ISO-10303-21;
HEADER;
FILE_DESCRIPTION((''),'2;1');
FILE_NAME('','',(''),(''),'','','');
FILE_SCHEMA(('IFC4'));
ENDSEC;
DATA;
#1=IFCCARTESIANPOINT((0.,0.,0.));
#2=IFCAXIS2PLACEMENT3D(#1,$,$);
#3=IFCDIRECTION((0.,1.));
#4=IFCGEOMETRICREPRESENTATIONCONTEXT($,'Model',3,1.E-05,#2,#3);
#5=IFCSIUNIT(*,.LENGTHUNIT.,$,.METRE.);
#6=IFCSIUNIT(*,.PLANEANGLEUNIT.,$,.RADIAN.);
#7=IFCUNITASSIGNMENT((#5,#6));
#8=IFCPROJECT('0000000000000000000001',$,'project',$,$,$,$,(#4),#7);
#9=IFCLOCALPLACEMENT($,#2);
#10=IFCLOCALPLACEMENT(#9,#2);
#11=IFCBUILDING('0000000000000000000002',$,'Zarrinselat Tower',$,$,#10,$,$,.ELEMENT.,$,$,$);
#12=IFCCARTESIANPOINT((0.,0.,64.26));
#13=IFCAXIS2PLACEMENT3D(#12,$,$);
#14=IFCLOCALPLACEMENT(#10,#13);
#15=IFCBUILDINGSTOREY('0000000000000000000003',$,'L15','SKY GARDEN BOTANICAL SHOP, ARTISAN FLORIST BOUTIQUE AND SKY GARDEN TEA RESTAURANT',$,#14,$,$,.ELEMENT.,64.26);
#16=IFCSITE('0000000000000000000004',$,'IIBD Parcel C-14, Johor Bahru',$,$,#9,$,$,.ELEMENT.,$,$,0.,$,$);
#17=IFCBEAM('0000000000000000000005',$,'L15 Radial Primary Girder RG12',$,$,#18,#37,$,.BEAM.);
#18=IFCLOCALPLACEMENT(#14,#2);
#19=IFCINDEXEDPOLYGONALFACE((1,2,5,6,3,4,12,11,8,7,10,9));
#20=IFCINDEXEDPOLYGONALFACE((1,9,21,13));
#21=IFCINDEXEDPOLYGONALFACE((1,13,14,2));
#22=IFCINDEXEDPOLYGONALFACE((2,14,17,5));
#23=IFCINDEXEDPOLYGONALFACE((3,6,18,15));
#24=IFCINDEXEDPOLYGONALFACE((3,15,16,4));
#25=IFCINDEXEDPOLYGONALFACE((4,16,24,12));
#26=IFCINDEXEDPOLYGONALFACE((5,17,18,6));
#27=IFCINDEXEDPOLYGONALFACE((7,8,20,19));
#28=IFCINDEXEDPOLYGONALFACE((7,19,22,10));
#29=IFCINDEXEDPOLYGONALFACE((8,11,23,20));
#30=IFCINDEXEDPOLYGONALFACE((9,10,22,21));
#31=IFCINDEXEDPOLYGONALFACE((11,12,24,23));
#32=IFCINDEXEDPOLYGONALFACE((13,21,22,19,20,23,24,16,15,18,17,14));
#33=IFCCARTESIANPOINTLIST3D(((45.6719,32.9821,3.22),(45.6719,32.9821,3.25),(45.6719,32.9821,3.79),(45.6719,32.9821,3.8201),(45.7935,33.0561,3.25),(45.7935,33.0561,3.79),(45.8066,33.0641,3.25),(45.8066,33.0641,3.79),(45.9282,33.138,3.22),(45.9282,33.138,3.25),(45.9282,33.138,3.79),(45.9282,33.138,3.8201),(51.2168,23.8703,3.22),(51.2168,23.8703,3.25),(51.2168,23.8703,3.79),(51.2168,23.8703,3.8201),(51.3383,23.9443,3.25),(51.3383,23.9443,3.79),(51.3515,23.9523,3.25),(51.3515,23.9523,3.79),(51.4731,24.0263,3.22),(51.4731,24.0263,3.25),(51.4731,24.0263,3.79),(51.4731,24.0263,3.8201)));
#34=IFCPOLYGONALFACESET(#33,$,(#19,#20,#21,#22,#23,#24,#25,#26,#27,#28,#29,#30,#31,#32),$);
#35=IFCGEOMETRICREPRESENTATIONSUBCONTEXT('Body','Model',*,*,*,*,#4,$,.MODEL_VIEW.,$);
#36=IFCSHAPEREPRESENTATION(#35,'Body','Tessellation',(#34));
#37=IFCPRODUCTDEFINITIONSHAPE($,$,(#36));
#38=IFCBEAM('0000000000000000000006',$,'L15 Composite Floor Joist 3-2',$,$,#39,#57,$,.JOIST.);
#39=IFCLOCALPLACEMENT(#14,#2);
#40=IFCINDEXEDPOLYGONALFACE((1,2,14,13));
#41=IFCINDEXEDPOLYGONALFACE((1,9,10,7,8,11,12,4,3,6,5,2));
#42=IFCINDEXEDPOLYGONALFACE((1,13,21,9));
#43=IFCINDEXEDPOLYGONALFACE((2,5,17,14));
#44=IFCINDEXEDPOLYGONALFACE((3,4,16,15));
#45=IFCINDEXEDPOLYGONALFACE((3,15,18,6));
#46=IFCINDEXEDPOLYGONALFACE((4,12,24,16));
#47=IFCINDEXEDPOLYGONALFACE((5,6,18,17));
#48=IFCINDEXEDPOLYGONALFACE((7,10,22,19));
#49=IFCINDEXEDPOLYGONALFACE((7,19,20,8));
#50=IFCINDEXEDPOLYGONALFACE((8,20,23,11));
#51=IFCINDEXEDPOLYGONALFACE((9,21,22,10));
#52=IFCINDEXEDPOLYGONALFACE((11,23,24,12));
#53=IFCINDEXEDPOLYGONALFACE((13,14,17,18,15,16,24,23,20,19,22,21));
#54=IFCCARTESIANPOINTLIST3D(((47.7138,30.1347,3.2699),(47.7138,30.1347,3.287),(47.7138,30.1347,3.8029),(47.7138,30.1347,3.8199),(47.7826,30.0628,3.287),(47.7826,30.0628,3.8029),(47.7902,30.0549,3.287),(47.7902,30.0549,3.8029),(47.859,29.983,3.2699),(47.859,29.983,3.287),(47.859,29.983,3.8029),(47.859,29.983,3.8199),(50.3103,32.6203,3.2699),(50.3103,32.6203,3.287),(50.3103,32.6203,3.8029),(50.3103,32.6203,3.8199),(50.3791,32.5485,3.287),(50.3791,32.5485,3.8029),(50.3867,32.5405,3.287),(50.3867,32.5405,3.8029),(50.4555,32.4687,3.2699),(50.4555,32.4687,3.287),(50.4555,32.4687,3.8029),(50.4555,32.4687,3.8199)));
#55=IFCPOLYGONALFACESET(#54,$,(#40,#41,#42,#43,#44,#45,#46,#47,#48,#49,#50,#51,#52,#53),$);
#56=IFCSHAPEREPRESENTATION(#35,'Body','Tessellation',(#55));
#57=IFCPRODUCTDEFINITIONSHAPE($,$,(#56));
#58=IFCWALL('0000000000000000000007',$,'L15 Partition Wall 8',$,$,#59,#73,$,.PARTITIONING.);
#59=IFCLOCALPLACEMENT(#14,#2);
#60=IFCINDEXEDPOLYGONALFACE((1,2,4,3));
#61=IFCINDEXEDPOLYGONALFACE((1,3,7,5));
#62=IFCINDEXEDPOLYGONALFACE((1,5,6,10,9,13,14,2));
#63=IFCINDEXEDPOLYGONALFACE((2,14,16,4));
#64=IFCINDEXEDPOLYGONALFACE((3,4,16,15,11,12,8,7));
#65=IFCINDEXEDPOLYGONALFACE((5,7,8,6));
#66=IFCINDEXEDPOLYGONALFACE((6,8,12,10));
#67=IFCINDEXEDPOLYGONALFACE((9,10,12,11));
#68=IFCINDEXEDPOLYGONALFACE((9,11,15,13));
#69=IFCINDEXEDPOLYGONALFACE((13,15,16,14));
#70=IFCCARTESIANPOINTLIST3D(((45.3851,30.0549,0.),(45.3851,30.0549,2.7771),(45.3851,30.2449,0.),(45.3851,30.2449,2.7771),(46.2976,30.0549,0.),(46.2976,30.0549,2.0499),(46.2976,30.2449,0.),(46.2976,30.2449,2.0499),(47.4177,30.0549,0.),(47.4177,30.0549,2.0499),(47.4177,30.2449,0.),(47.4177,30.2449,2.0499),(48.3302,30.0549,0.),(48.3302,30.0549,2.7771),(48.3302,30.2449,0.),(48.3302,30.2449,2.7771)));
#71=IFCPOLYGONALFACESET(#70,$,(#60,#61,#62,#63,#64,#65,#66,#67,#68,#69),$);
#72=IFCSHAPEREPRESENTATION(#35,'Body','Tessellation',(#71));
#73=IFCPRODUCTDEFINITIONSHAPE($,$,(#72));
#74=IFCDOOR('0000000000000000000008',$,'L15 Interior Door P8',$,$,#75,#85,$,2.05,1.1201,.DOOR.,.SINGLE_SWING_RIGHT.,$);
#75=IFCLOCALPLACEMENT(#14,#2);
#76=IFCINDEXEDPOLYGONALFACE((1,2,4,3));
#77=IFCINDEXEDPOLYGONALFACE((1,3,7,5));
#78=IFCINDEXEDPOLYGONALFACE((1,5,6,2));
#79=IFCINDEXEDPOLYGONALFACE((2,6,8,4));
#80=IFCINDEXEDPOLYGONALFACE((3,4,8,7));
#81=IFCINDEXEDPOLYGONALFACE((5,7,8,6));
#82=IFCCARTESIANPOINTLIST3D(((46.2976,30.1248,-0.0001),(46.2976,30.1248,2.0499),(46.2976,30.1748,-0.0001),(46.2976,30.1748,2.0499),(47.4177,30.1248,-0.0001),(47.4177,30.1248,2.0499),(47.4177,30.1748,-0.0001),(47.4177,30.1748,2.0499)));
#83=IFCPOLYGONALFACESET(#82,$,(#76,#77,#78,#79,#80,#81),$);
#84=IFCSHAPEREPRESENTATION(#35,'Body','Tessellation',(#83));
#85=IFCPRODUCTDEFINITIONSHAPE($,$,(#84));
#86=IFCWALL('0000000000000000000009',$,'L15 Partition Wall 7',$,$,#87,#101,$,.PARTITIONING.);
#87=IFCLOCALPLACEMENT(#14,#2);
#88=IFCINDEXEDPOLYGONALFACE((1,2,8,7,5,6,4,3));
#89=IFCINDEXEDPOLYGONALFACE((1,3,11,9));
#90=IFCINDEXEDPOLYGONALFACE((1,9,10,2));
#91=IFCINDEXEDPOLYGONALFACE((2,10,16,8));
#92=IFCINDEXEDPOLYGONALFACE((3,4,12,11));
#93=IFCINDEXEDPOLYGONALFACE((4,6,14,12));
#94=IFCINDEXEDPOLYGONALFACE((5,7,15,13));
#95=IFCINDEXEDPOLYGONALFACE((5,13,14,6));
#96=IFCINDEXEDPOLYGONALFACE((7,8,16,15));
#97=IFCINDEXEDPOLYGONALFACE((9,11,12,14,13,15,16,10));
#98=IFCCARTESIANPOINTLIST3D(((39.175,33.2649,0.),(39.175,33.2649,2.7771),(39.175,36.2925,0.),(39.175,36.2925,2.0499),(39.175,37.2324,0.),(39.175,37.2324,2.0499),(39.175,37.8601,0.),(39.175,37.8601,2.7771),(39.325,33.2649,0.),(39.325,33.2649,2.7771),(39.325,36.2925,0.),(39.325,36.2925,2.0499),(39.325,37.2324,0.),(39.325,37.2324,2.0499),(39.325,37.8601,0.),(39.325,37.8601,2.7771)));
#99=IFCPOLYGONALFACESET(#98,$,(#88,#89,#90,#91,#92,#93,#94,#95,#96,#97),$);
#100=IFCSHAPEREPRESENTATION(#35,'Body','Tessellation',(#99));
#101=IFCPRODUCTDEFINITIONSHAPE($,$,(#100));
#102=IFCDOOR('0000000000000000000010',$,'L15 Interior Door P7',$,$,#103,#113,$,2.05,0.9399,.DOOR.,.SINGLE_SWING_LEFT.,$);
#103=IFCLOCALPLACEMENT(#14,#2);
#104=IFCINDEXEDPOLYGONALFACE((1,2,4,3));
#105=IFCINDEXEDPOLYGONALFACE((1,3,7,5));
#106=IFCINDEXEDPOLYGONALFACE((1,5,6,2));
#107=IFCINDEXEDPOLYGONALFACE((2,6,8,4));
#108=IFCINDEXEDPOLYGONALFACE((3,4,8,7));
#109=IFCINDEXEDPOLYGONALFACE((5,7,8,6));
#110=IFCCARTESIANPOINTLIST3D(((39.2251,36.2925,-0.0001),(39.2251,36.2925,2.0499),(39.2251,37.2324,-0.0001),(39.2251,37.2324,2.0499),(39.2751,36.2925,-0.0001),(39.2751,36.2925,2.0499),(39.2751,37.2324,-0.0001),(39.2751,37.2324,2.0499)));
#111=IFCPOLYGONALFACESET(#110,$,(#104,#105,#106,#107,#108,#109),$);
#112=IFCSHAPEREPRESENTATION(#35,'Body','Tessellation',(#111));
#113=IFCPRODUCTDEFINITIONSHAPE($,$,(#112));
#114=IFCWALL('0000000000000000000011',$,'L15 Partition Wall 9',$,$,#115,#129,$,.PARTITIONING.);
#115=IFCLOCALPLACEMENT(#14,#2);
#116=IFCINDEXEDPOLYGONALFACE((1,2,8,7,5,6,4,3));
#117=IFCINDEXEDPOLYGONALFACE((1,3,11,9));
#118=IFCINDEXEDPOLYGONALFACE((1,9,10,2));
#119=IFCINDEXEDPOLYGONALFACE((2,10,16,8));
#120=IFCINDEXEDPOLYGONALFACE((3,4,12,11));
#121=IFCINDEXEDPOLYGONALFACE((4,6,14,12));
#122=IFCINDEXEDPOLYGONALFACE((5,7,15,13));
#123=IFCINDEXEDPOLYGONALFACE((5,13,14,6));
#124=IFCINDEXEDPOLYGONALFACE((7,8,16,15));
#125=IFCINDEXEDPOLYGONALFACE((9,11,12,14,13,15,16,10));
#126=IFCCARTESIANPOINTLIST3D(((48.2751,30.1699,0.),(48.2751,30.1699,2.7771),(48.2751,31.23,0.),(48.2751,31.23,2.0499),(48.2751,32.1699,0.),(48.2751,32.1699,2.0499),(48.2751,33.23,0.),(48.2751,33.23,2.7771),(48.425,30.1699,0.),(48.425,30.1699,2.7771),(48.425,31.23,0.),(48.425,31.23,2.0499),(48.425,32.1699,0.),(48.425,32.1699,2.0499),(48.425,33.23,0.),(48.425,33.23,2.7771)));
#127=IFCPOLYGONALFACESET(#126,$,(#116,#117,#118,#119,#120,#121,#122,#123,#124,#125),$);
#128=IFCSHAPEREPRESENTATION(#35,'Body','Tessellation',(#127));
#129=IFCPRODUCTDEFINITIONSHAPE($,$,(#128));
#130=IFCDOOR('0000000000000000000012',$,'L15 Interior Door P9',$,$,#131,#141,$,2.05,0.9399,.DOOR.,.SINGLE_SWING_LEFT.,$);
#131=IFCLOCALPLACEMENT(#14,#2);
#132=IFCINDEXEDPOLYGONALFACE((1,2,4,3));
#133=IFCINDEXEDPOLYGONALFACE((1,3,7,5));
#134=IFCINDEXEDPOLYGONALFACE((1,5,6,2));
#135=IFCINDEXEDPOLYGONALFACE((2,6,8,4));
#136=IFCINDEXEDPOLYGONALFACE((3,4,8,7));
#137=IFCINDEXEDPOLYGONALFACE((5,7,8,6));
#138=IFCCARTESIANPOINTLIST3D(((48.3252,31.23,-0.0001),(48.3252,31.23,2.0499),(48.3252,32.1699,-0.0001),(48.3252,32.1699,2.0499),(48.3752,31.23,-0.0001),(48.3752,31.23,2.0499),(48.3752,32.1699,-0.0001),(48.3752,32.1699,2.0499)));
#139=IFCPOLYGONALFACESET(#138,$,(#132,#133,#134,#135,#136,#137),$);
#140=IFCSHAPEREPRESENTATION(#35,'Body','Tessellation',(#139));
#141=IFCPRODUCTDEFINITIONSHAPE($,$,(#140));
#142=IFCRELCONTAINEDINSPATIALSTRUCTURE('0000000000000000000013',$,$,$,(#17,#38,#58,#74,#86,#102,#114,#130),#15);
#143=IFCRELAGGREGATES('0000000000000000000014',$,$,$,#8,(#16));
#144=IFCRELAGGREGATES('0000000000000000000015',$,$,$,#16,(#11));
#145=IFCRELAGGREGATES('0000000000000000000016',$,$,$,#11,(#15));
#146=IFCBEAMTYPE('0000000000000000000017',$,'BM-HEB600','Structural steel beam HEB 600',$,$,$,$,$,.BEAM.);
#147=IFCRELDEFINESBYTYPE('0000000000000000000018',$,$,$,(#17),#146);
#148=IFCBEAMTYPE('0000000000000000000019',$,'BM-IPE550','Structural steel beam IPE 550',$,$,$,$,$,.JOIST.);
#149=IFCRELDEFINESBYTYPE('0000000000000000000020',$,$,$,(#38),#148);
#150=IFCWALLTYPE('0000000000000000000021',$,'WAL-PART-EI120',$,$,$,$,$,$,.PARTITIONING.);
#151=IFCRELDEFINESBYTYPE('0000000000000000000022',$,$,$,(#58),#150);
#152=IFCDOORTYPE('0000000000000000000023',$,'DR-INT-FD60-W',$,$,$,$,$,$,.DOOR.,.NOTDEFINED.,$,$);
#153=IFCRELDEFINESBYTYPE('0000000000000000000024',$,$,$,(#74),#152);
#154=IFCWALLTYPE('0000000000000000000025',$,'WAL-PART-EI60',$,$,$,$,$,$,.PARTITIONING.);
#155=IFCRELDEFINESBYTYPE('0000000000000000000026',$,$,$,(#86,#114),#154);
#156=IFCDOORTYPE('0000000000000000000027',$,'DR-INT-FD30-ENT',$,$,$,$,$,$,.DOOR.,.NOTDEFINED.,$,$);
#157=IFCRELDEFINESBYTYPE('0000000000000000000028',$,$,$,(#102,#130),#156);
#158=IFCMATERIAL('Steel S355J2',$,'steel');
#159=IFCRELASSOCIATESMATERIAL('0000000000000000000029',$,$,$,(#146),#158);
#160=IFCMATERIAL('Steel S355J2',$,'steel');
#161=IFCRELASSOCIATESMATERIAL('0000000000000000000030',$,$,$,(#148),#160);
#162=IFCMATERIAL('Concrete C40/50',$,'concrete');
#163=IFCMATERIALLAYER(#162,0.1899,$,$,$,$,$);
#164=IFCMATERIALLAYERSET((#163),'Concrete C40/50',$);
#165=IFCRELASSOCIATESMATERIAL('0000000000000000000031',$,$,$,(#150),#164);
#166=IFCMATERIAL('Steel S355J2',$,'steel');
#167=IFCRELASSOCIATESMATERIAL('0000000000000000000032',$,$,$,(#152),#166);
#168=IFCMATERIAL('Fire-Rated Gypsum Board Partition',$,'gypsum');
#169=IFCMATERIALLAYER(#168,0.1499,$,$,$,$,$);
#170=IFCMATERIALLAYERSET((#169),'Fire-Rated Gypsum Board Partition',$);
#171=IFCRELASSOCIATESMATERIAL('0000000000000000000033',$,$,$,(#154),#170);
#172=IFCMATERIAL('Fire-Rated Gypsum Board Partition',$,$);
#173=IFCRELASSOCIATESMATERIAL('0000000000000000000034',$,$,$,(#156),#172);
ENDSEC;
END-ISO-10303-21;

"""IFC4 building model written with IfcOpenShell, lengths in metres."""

from ifc_helpers import new_model, si_unit, direction, frame, frame_2d, origin, origin_2d, place, context, subcontext, project, spatial, rectangle, i_section, extrude, material, layer, layer_set, material_profile, profile_set, type_object, element, fill, save


model = new_model("IFC4")

# Units and contexts
model_context = context("Model", 3, precision=1e-05, world=origin(), true_north=direction((0.0, 1.0)))
body_context = subcontext(model_context, "Body", "Model", "MODEL_VIEW")
ifc_project = project(units=[si_unit("LENGTHUNIT", "METRE"), si_unit("PLANEANGLEUNIT", "RADIAN")], contexts=[model_context])

# Site, building, storey
site_placement = place(None, origin())
site = spatial("IfcSite", under=ifc_project, at=site_placement, Name="IIBD Parcel C-14, Johor Bahru", CompositionType="ELEMENT", RefElevation=0.0)
building_placement = place(site_placement, origin())
building = spatial("IfcBuilding", under=site, at=building_placement, Name="Zarrinselat Tower", CompositionType="ELEMENT")
storey_placement = place(building_placement, frame((0.0, 0.0, 64.26)))
storey = spatial("IfcBuildingStorey", under=building, at=storey_placement, Name="L15", Description="SKY GARDEN BOTANICAL SHOP, ARTISAN FLORIST BOUTIQUE AND SKY GARDEN TEA RESTAURANT", CompositionType="ELEMENT", Elevation=64.26)

# Beams
ifc_material_1 = material(Name="Steel S355J2", Category="steel")
ifc_material_profile_1 = material_profile(ifc_material_1, i_section(OverallWidth=0.3, OverallDepth=0.6001, WebThickness=0.0154, FlangeThickness=0.03, at=origin_2d()), Name="HEB 600")
ifc_profile_set_1 = profile_set([ifc_material_profile_1], Name="Steel S355J2")
beam_type_1 = type_object("IfcBeamType", Name="BM-HEB600", Description="Structural steel beam HEB 600", PredefinedType="BEAM", material=ifc_profile_set_1)
beam_1_placement = place(storey_placement, frame((45.8, 33.0601, 3.52), z_axis=(0.519851, -0.854257, 0.0), x_axis=(0.854257, 0.519851, 0.0)))
element("IfcBeam", 1, at=beam_1_placement, inside=storey, type_object=beam_type_1, Name="L15 Radial Primary Girder RG12", PredefinedType="BEAM", context=body_context, shape_type="SweptSolid", body=[
    extrude(i_section(OverallWidth=0.3, OverallDepth=0.6001, WebThickness=0.0154, FlangeThickness=0.03, at=origin_2d()), origin(), (0.0, 0.0, 1.0), 10.6663),
])
ifc_material_2 = material(Name="Steel S355J2", Category="steel")
ifc_material_profile_2 = material_profile(ifc_material_2, i_section(OverallWidth=0.21, OverallDepth=0.55, WebThickness=0.011, FlangeThickness=0.0171, at=origin_2d()), Name="IPE 550")
ifc_profile_set_2 = profile_set([ifc_material_profile_2], Name="Steel S355J2")
beam_type_2 = type_object("IfcBeamType", Name="BM-IPE550", Description="Structural steel beam IPE 550", PredefinedType="JOIST", material=ifc_profile_set_2)
beam_2_placement = place(storey_placement, frame((47.7864, 30.0588, 3.5449), z_axis=(0.722357, 0.69152, 0.0), x_axis=(-0.69152, 0.722357, 0.0)))
element("IfcBeam", 2, at=beam_2_placement, inside=storey, type_object=beam_type_2, Name="L15 Composite Floor Joist 3-2", PredefinedType="JOIST", context=body_context, shape_type="SweptSolid", body=[
    extrude(i_section(OverallWidth=0.21, OverallDepth=0.55, WebThickness=0.011, FlangeThickness=0.0171, at=origin_2d()), origin(), (0.0, 0.0, 1.0), 3.5945),
])

# Walls, openings, doors
ifc_material_3 = material(Name="Concrete C40/50", Category="concrete")
ifc_layer_1 = layer(ifc_material_3, 0.1899)
ifc_layer_set_1 = layer_set([ifc_layer_1], Name="Concrete C40/50")
wall_type_1 = type_object("IfcWallType", Name="WAL-PART-EI120", PredefinedType="PARTITIONING", material=ifc_layer_set_1)
wall_1_placement = place(storey_placement, frame((45.385, 30.1499, 0.0), z_axis=(0.0, 0.0, 1.0), x_axis=(1.0, 0.0, 0.0)))
wall_1 = element("IfcWall", 3, at=wall_1_placement, inside=storey, type_object=wall_type_1, Name="L15 Partition Wall 8", PredefinedType="PARTITIONING", context=body_context, shape_type="SweptSolid", body=[
    extrude(rectangle(XDim=2.9451, YDim=0.1899, at=frame_2d((1.4727, 0.0))), origin(), (0.0, 0.0, 1.0), 2.7771),
])
opening_1_placement = place(wall_1_placement, frame((0.9126, 0.0, 0.0)))
opening_1 = element("IfcOpeningElement", 4, at=opening_1_placement, cuts=wall_1, PredefinedType="OPENING", context=body_context, shape_type="SweptSolid", body=[
    extrude(rectangle(XDim=1.1201, YDim=2.05, at=frame_2d((0.5601, 1.0249))), frame((0.0, 0.105, 0.0), z_axis=(0.0, -1.0, 0.0), x_axis=(1.0, 0.0, 0.0)), (0.0, 0.0, 1.0), 0.21),
])
ifc_material_4 = material(Name="Steel S355J2", Category="steel")
door_type_1 = type_object("IfcDoorType", Name="DR-INT-FD60-W", OperationType="NOTDEFINED", PredefinedType="DOOR", material=ifc_material_4)
door_1_placement = place(opening_1_placement, origin())
door_1 = element("IfcDoor", 5, at=door_1_placement, inside=storey, type_object=door_type_1, Name="L15 Interior Door P8", OperationType="SINGLE_SWING_RIGHT", OverallHeight=2.05, OverallWidth=1.1201, PredefinedType="DOOR", context=body_context, shape_type="SweptSolid", body=[
    extrude(rectangle(XDim=1.1201, YDim=2.05, at=frame_2d((0.5601, 1.0249))), frame((0.0, 0.0249, 0.0), z_axis=(0.0, -1.0, 0.0), x_axis=(1.0, 0.0, 0.0)), (0.0, 0.0, 1.0), 0.05),
])
fill(opening_1, door_1)
ifc_material_5 = material(Name="Fire-Rated Gypsum Board Partition", Category="gypsum")
ifc_layer_2 = layer(ifc_material_5, 0.1499)
ifc_layer_set_2 = layer_set([ifc_layer_2], Name="Fire-Rated Gypsum Board Partition")
wall_type_2 = type_object("IfcWallType", Name="WAL-PART-EI60", PredefinedType="PARTITIONING", material=ifc_layer_set_2)
wall_2_placement = place(storey_placement, frame((39.25, 33.2649, 0.0), z_axis=(0.0, 0.0, 1.0), x_axis=(0.0, 1.0, 0.0)))
wall_2 = element("IfcWall", 6, at=wall_2_placement, inside=storey, type_object=wall_type_2, Name="L15 Partition Wall 7", PredefinedType="PARTITIONING", context=body_context, shape_type="SweptSolid", body=[
    extrude(rectangle(XDim=4.5952, YDim=0.1499, at=frame_2d((2.2976, 0.0))), origin(), (0.0, 0.0, 1.0), 2.7771),
])
opening_2_placement = place(wall_2_placement, frame((3.0276, 0.0, 0.0)))
opening_2 = element("IfcOpeningElement", 7, at=opening_2_placement, cuts=wall_2, PredefinedType="OPENING", context=body_context, shape_type="SweptSolid", body=[
    extrude(rectangle(XDim=0.9399, YDim=2.05, at=frame_2d((0.47, 1.0249))), frame((0.0, 0.085, 0.0), z_axis=(0.0, -1.0, 0.0), x_axis=(1.0, 0.0, 0.0)), (0.0, 0.0, 1.0), 0.1699),
])
ifc_material_6 = material(Name="Fire-Rated Gypsum Board Partition")
door_type_2 = type_object("IfcDoorType", Name="DR-INT-FD30-ENT", OperationType="NOTDEFINED", PredefinedType="DOOR", material=ifc_material_6)
door_2_placement = place(opening_2_placement, origin())
door_2 = element("IfcDoor", 8, at=door_2_placement, inside=storey, type_object=door_type_2, Name="L15 Interior Door P7", OperationType="SINGLE_SWING_LEFT", OverallHeight=2.05, OverallWidth=0.9399, PredefinedType="DOOR", context=body_context, shape_type="SweptSolid", body=[
    extrude(rectangle(XDim=0.9399, YDim=2.05, at=frame_2d((0.47, 1.0249))), frame((0.0, 0.0249, 0.0), z_axis=(0.0, -1.0, 0.0), x_axis=(1.0, 0.0, 0.0)), (0.0, 0.0, 1.0), 0.05),
])
fill(opening_2, door_2)
wall_3_placement = place(storey_placement, frame((48.3501, 30.1699, 0.0), z_axis=(0.0, 0.0, 1.0), x_axis=(0.0, 1.0, 0.0)))
wall_3 = element("IfcWall", 9, at=wall_3_placement, inside=storey, type_object=wall_type_2, Name="L15 Partition Wall 9", PredefinedType="PARTITIONING", context=body_context, shape_type="SweptSolid", body=[
    extrude(rectangle(XDim=3.0601, YDim=0.1499, at=frame_2d((1.53, 0.0))), origin(), (0.0, 0.0, 1.0), 2.7771),
])
opening_3_placement = place(wall_3_placement, frame((1.0601, 0.0, 0.0)))
opening_3 = element("IfcOpeningElement", 10, at=opening_3_placement, cuts=wall_3, PredefinedType="OPENING", context=body_context, shape_type="SweptSolid", body=[
    extrude(rectangle(XDim=0.9399, YDim=2.05, at=frame_2d((0.47, 1.0249))), frame((0.0, 0.085, 0.0), z_axis=(0.0, -1.0, 0.0), x_axis=(1.0, 0.0, 0.0)), (0.0, 0.0, 1.0), 0.1699),
])
door_3_placement = place(opening_3_placement, origin())
door_3 = element("IfcDoor", 11, at=door_3_placement, inside=storey, type_object=door_type_2, Name="L15 Interior Door P9", OperationType="SINGLE_SWING_LEFT", OverallHeight=2.05, OverallWidth=0.9399, PredefinedType="DOOR", context=body_context, shape_type="SweptSolid", body=[
    extrude(rectangle(XDim=0.9399, YDim=2.05, at=frame_2d((0.47, 1.0249))), frame((0.0, 0.0249, 0.0), z_axis=(0.0, -1.0, 0.0), x_axis=(1.0, 0.0, 0.0)), (0.0, 0.0, 1.0), 0.05),
])
fill(opening_3, door_3)

save(model, "model.ifc")
